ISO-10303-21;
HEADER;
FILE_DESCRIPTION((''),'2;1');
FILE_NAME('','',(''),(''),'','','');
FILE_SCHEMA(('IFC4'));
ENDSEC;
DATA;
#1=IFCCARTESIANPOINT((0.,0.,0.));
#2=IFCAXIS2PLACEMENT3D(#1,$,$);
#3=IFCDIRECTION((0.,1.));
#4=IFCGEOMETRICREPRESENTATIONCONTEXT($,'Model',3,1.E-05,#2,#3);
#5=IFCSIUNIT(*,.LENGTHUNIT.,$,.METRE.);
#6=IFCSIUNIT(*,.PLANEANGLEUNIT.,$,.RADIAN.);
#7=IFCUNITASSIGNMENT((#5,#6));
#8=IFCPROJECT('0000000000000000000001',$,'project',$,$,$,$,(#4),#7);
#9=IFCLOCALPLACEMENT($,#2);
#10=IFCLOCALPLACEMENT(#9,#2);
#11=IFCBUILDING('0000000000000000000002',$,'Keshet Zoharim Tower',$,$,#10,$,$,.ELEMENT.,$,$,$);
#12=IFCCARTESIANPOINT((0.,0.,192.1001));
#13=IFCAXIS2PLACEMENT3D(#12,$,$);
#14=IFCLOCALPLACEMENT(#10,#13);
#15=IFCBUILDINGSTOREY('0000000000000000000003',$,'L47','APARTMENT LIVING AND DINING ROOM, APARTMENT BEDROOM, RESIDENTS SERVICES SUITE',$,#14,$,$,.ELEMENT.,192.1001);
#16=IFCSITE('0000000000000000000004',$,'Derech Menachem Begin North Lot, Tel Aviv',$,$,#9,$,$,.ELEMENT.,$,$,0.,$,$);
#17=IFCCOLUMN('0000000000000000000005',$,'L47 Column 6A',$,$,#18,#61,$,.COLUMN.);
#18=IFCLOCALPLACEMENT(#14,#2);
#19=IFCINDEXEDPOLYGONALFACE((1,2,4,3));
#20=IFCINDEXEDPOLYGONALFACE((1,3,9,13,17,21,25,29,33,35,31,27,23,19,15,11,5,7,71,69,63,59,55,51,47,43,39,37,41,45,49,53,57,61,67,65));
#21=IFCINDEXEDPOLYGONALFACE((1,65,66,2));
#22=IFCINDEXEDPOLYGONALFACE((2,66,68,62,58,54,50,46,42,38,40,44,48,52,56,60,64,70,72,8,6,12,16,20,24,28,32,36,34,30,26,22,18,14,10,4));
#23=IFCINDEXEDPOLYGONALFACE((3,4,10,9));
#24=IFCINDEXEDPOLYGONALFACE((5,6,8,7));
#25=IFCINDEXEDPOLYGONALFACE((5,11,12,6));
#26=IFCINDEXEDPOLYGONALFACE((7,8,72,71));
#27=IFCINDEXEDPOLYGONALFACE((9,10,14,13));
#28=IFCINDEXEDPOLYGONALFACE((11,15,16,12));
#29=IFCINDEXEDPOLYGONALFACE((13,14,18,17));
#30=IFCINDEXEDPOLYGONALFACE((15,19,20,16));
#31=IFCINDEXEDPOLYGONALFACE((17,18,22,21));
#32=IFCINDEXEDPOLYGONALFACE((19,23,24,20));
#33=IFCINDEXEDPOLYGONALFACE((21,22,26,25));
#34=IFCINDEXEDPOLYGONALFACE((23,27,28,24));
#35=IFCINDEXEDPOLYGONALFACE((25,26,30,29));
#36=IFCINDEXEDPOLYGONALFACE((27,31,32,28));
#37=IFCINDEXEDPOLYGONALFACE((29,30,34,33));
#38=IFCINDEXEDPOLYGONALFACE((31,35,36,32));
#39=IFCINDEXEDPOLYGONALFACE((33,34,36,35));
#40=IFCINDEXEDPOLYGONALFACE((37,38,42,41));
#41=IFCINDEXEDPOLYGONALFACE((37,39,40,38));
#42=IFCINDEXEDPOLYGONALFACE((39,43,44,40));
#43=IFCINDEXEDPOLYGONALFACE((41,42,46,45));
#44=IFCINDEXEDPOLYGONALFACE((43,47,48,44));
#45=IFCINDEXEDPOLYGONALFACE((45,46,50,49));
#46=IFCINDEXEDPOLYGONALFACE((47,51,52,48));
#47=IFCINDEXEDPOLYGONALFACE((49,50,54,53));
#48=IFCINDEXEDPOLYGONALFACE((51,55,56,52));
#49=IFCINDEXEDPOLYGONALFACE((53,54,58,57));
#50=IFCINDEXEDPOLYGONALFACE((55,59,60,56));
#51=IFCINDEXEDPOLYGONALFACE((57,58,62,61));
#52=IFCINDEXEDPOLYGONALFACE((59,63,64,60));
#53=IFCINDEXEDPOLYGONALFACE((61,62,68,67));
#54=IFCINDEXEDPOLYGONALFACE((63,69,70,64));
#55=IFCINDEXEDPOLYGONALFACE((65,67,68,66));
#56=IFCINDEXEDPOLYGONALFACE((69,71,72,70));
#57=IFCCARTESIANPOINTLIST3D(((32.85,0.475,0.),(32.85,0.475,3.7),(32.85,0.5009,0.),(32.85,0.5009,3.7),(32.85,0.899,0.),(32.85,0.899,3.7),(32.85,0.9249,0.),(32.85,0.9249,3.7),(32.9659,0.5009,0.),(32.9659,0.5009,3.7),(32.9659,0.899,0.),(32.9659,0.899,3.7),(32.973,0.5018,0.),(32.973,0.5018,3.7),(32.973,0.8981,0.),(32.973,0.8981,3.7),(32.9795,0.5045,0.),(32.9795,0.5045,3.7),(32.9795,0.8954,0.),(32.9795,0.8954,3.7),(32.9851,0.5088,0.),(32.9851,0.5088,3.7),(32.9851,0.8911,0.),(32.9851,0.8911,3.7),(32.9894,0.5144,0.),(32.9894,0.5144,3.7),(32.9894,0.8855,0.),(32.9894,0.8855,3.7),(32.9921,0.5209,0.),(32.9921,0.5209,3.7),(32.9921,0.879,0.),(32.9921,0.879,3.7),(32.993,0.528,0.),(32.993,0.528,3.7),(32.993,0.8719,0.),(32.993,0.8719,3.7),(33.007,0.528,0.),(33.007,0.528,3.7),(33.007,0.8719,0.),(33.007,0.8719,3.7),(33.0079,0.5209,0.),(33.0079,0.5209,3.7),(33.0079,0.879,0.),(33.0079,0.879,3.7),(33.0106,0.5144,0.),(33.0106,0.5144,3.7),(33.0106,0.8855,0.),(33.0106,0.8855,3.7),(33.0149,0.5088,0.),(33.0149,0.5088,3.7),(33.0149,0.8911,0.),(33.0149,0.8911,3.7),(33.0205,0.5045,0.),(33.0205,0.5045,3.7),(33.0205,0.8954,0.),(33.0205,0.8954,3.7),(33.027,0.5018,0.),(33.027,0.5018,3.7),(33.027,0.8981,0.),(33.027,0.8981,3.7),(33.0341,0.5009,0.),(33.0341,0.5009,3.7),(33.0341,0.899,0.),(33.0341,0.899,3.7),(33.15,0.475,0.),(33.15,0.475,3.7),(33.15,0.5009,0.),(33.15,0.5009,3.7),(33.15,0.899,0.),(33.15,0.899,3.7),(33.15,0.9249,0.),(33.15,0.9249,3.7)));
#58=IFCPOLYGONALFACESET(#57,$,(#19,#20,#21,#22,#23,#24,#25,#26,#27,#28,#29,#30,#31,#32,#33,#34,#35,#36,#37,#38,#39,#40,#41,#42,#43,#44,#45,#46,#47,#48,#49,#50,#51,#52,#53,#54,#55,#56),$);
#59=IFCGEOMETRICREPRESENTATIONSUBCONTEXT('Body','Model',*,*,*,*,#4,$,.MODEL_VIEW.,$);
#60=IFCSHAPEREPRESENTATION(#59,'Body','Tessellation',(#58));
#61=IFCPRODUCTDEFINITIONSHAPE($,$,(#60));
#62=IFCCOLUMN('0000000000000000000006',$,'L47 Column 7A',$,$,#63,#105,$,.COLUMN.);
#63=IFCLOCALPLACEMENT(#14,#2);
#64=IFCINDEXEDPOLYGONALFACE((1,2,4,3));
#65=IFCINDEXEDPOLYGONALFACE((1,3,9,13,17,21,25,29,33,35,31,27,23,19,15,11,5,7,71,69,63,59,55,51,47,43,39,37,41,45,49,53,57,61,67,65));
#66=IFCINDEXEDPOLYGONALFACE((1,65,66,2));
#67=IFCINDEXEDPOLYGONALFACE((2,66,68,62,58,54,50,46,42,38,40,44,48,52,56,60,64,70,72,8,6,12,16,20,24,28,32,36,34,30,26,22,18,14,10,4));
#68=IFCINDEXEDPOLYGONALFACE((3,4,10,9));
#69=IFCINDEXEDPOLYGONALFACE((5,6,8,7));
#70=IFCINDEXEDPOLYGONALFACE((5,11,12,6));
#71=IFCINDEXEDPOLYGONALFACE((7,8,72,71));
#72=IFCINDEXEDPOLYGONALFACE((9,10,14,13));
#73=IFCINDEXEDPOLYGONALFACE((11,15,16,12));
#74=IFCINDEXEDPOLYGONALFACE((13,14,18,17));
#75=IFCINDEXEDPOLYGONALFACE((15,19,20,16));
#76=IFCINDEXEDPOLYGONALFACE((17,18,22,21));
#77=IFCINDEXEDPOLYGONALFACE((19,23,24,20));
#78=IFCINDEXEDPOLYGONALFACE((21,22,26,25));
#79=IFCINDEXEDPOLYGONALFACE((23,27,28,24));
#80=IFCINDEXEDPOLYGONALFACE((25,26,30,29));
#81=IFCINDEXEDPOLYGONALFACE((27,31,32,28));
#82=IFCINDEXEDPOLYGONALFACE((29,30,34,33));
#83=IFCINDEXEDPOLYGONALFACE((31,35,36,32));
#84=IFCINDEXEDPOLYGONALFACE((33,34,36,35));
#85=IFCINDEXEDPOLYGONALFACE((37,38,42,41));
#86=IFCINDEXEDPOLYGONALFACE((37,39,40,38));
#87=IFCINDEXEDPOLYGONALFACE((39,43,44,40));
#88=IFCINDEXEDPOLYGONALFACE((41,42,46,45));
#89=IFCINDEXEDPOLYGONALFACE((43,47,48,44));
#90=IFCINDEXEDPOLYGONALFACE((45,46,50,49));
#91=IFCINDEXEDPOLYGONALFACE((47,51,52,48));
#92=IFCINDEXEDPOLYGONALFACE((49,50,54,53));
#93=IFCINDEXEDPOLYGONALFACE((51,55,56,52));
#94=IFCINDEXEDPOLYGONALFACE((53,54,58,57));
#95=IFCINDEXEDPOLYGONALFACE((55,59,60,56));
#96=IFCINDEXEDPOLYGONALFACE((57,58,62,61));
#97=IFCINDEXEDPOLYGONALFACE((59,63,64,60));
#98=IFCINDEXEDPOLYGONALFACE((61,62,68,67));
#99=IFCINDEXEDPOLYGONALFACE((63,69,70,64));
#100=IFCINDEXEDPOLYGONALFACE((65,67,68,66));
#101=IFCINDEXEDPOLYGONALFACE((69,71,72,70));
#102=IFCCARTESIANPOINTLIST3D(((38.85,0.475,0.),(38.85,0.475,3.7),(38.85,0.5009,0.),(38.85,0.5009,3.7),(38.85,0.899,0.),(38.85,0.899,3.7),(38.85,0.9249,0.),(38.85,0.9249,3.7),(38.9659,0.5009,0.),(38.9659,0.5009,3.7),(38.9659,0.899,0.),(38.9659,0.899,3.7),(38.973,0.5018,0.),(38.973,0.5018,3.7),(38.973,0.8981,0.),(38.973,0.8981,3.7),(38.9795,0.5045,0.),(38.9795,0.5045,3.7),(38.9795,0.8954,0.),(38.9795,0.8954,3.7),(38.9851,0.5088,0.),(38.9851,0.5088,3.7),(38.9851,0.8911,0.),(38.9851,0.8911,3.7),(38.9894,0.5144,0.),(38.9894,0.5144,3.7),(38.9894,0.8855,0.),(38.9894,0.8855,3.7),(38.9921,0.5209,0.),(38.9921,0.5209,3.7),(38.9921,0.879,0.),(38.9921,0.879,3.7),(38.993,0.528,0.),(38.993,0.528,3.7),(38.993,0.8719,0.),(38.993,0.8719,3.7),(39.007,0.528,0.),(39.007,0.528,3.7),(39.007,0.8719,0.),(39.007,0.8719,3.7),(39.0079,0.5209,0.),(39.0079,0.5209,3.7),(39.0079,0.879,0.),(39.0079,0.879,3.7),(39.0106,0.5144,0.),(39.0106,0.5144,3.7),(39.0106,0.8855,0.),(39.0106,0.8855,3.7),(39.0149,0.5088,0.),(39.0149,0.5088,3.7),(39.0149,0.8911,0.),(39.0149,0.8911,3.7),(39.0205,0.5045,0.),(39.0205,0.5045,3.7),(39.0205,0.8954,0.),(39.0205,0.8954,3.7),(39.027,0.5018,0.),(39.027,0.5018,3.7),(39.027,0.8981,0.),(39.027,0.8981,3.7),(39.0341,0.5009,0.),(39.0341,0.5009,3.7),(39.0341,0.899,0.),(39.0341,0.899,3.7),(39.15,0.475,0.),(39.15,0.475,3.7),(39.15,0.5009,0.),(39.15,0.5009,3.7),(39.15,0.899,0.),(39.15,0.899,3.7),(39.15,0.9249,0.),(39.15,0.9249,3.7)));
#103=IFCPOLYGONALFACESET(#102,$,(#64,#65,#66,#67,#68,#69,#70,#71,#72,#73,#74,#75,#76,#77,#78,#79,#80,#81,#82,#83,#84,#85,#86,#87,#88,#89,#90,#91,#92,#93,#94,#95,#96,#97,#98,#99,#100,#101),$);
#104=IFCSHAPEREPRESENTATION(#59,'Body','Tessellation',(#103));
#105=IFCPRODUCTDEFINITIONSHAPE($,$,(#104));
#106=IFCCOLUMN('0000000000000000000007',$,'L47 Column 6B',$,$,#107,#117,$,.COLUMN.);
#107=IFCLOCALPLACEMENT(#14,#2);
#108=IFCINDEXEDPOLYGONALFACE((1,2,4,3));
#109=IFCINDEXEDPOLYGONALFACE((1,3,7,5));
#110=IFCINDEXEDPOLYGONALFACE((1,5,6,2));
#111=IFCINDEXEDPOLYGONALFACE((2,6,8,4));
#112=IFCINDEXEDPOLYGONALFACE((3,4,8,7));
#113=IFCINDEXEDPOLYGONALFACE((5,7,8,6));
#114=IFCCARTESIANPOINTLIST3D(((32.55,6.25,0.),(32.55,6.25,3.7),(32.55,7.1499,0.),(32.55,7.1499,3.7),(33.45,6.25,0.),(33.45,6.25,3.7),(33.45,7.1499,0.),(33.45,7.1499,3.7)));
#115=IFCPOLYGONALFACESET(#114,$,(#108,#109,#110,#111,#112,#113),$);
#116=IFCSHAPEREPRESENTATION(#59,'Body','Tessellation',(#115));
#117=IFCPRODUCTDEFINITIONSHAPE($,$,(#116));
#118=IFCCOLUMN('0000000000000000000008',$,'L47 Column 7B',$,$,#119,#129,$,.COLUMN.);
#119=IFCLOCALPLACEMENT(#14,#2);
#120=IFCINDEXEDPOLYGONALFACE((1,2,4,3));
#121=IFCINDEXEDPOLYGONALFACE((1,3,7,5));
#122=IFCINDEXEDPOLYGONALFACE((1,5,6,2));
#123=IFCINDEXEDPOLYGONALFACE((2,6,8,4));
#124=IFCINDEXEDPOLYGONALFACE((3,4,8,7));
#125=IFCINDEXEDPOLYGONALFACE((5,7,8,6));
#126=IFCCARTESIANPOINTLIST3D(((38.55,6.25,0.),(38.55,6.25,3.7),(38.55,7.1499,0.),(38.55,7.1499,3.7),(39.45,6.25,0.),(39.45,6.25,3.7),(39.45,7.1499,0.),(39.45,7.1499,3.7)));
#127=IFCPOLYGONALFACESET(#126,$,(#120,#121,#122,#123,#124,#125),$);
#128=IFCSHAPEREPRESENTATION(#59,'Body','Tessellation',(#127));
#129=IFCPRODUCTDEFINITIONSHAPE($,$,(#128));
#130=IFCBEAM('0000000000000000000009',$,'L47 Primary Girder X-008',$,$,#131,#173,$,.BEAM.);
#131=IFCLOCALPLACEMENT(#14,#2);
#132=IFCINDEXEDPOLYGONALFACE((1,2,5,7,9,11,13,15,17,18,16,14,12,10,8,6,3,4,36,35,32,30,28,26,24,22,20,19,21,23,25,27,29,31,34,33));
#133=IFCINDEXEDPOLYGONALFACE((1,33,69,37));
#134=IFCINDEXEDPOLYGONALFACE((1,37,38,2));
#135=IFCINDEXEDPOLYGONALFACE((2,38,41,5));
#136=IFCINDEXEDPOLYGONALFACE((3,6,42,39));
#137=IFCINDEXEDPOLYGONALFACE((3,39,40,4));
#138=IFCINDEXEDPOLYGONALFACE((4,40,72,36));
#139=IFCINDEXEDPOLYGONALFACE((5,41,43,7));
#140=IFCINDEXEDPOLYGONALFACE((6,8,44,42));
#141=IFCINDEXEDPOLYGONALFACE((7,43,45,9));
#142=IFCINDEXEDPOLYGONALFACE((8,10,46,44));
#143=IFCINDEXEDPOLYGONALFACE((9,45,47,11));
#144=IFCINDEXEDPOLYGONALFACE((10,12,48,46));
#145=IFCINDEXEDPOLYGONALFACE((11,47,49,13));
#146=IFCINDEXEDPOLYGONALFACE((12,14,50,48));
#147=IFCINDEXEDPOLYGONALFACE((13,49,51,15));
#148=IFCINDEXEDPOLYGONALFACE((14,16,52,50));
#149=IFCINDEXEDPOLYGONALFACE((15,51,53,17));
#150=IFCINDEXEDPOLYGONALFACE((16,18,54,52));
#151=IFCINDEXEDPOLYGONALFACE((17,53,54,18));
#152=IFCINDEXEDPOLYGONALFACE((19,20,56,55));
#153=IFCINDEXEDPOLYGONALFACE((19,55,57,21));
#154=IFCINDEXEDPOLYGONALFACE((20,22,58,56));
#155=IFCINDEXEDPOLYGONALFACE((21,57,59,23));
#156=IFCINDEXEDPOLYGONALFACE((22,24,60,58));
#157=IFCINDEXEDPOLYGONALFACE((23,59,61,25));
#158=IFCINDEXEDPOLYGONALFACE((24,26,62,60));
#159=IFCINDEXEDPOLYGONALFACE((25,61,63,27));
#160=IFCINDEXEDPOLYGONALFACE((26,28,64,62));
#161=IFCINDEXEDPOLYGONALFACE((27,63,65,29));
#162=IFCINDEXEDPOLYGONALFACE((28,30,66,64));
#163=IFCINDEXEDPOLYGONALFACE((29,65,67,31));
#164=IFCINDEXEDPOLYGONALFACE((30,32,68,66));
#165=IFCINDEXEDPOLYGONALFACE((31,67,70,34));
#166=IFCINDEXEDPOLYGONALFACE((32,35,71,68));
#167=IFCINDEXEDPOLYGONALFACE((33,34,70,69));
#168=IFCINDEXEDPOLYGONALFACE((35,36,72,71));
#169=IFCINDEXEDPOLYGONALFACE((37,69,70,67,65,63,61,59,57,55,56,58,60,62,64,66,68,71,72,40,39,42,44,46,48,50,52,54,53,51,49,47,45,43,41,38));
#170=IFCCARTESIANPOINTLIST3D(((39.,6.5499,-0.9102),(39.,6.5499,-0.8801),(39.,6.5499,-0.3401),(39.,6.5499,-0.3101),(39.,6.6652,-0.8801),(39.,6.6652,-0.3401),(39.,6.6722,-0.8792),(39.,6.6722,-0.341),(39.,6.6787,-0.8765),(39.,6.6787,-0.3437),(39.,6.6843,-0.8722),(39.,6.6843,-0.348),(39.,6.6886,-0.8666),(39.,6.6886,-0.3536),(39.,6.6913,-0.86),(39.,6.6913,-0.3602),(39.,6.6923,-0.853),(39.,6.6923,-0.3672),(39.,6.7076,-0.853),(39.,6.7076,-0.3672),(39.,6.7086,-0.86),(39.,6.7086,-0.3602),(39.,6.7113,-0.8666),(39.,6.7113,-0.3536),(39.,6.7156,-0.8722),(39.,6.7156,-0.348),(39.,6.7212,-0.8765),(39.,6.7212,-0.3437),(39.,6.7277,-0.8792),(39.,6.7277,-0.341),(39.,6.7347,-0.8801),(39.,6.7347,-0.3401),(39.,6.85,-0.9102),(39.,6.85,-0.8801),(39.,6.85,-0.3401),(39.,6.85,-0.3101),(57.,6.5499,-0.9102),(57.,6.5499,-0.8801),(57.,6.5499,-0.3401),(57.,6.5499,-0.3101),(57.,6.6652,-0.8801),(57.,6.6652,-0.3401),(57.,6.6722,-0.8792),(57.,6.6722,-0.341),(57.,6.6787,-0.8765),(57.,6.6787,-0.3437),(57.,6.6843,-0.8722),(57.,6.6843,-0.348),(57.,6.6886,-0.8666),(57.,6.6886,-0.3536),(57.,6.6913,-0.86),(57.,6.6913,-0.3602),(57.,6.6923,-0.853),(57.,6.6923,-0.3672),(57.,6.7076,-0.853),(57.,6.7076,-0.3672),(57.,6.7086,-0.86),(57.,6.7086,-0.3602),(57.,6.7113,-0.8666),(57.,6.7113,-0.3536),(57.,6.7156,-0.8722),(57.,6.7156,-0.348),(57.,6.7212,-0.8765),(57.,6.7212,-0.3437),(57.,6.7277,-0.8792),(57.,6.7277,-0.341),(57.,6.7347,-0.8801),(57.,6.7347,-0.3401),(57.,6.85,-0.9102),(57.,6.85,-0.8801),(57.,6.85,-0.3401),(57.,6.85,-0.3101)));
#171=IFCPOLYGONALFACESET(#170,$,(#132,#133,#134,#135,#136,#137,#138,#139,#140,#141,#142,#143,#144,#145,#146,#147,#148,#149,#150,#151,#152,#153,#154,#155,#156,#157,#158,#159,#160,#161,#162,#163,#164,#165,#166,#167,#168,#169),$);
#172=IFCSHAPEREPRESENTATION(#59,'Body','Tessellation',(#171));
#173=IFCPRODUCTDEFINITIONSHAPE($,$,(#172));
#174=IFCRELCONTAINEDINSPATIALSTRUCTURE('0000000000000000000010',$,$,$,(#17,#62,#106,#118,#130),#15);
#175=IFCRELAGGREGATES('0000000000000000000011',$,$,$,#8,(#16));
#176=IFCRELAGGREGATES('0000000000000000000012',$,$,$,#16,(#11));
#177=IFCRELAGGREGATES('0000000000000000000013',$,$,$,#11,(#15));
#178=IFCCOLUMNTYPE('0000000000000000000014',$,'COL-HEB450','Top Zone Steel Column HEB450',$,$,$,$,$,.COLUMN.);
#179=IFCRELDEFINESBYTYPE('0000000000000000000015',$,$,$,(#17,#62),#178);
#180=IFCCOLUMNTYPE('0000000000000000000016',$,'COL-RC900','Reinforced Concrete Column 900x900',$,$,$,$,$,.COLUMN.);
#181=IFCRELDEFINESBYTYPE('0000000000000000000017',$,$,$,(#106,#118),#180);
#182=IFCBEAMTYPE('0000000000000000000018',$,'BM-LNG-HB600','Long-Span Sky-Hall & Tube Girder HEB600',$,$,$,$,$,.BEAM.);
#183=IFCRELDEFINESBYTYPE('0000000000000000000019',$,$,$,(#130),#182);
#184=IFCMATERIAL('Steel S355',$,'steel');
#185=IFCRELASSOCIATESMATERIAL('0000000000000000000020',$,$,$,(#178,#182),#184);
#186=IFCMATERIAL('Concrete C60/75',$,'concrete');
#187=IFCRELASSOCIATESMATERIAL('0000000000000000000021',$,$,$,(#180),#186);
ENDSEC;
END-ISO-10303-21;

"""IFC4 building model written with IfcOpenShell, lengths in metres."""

from ifc_helpers import new_model, si_unit, direction, frame, origin, origin_2d, place, context, subcontext, project, spatial, rectangle, i_section, extrude, material, material_profile, profile_set, type_object, element, save


model = new_model("IFC4")

# Units and contexts
model_context = context("Model", 3, precision=1e-05, world=origin(), true_north=direction((0.0, 1.0)))
body_context = subcontext(model_context, "Body", "Model", "MODEL_VIEW")
ifc_project = project(units=[si_unit("LENGTHUNIT", "METRE"), si_unit("PLANEANGLEUNIT", "RADIAN")], contexts=[model_context])

# Site, building, storey
site_placement = place(None, origin())
site = spatial("IfcSite", under=ifc_project, at=site_placement, Name="Derech Menachem Begin North Lot, Tel Aviv", CompositionType="ELEMENT", RefElevation=0.0)
building_placement = place(site_placement, origin())
building = spatial("IfcBuilding", under=site, at=building_placement, Name="Keshet Zoharim Tower", CompositionType="ELEMENT")
storey_placement = place(building_placement, frame((0.0, 0.0, 192.1001)))
storey = spatial("IfcBuildingStorey", under=building, at=storey_placement, Name="L47", Description="APARTMENT LIVING AND DINING ROOM, APARTMENT BEDROOM, RESIDENTS SERVICES SUITE", CompositionType="ELEMENT", Elevation=192.1001)

# Columns
ifc_material_1 = material(Name="Steel S355", Category="steel")
ifc_material_profile_1 = material_profile(ifc_material_1, i_section(OverallWidth=0.3, OverallDepth=0.45, WebThickness=0.0139, FlangeThickness=0.0259, FilletRadius=0.0271, at=origin_2d()), Name="HEB450")
ifc_profile_set_1 = profile_set([ifc_material_profile_1], Name="Steel S355")
column_type_1 = type_object("IfcColumnType", Name="COL-HEB450", Description="Top Zone Steel Column HEB450", PredefinedType="COLUMN", material=ifc_profile_set_1)
for number, where, z_axis, x_axis, name in (
    (1, (33.0, 0.7, 0.0), (0.0, 0.0, 1.0), (1.0, 0.0, 0.0), "L47 Column 6A"),
    (2, (39.0, 0.7, 0.0), (0.0, 0.0, 1.0), (1.0, 0.0, 0.0), "L47 Column 7A"),
):
    element("IfcColumn", number, at=place(storey_placement, frame(where, z_axis=z_axis, x_axis=x_axis)), inside=storey, type_object=column_type_1, Name=name, PredefinedType="COLUMN", context=body_context, shape_type="SweptSolid", body=[
        extrude(i_section(OverallWidth=0.3, OverallDepth=0.45, WebThickness=0.0139, FlangeThickness=0.0259, FilletRadius=0.0271, at=origin_2d()), origin(), (0.0, 0.0, 1.0), 3.7),
    ])
ifc_material_2 = material(Name="Concrete C60/75", Category="concrete")
ifc_material_profile_2 = material_profile(ifc_material_2, rectangle(XDim=0.8999, YDim=0.8999, at=origin_2d()), Name="RC900x900")
ifc_profile_set_2 = profile_set([ifc_material_profile_2], Name="Concrete C60/75")
column_type_2 = type_object("IfcColumnType", Name="COL-RC900", Description="Reinforced Concrete Column 900x900", PredefinedType="COLUMN", material=ifc_profile_set_2)
for number, where, z_axis, x_axis, name in (
    (3, (33.0, 6.7, 0.0), (0.0, 0.0, 1.0), (1.0, 0.0, 0.0), "L47 Column 6B"),
    (4, (39.0, 6.7, 0.0), (0.0, 0.0, 1.0), (1.0, 0.0, 0.0), "L47 Column 7B"),
):
    element("IfcColumn", number, at=place(storey_placement, frame(where, z_axis=z_axis, x_axis=x_axis)), inside=storey, type_object=column_type_2, Name=name, PredefinedType="COLUMN", context=body_context, shape_type="SweptSolid", body=[
        extrude(rectangle(XDim=0.8999, YDim=0.8999, at=origin_2d()), origin(), (0.0, 0.0, 1.0), 3.7),
    ])

# Beam
ifc_material_profile_3 = material_profile(ifc_material_1, i_section(OverallWidth=0.3, OverallDepth=0.6001, WebThickness=0.0154, FlangeThickness=0.03, FilletRadius=0.0271, at=origin_2d()), Name="HEB600")
ifc_profile_set_3 = profile_set([ifc_material_profile_3], Name="Steel S355")
beam_type_1 = type_object("IfcBeamType", Name="BM-LNG-HB600", Description="Long-Span Sky-Hall & Tube Girder HEB600", PredefinedType="BEAM", material=ifc_profile_set_3)
beam_placement = place(storey_placement, frame((39.0, 6.7, -0.6101), z_axis=(1.0, 0.0, 0.0), x_axis=(0.0, 1.0, 0.0)))
element("IfcBeam", 5, at=beam_placement, inside=storey, type_object=beam_type_1, Name="L47 Primary Girder X-008", PredefinedType="BEAM", context=body_context, shape_type="SweptSolid", body=[
    extrude(i_section(OverallWidth=0.3, OverallDepth=0.6001, WebThickness=0.0154, FlangeThickness=0.03, FilletRadius=0.0271, at=origin_2d()), origin(), (0.0, 0.0, 1.0), 18.0),
])

save(model, "model.ifc")
